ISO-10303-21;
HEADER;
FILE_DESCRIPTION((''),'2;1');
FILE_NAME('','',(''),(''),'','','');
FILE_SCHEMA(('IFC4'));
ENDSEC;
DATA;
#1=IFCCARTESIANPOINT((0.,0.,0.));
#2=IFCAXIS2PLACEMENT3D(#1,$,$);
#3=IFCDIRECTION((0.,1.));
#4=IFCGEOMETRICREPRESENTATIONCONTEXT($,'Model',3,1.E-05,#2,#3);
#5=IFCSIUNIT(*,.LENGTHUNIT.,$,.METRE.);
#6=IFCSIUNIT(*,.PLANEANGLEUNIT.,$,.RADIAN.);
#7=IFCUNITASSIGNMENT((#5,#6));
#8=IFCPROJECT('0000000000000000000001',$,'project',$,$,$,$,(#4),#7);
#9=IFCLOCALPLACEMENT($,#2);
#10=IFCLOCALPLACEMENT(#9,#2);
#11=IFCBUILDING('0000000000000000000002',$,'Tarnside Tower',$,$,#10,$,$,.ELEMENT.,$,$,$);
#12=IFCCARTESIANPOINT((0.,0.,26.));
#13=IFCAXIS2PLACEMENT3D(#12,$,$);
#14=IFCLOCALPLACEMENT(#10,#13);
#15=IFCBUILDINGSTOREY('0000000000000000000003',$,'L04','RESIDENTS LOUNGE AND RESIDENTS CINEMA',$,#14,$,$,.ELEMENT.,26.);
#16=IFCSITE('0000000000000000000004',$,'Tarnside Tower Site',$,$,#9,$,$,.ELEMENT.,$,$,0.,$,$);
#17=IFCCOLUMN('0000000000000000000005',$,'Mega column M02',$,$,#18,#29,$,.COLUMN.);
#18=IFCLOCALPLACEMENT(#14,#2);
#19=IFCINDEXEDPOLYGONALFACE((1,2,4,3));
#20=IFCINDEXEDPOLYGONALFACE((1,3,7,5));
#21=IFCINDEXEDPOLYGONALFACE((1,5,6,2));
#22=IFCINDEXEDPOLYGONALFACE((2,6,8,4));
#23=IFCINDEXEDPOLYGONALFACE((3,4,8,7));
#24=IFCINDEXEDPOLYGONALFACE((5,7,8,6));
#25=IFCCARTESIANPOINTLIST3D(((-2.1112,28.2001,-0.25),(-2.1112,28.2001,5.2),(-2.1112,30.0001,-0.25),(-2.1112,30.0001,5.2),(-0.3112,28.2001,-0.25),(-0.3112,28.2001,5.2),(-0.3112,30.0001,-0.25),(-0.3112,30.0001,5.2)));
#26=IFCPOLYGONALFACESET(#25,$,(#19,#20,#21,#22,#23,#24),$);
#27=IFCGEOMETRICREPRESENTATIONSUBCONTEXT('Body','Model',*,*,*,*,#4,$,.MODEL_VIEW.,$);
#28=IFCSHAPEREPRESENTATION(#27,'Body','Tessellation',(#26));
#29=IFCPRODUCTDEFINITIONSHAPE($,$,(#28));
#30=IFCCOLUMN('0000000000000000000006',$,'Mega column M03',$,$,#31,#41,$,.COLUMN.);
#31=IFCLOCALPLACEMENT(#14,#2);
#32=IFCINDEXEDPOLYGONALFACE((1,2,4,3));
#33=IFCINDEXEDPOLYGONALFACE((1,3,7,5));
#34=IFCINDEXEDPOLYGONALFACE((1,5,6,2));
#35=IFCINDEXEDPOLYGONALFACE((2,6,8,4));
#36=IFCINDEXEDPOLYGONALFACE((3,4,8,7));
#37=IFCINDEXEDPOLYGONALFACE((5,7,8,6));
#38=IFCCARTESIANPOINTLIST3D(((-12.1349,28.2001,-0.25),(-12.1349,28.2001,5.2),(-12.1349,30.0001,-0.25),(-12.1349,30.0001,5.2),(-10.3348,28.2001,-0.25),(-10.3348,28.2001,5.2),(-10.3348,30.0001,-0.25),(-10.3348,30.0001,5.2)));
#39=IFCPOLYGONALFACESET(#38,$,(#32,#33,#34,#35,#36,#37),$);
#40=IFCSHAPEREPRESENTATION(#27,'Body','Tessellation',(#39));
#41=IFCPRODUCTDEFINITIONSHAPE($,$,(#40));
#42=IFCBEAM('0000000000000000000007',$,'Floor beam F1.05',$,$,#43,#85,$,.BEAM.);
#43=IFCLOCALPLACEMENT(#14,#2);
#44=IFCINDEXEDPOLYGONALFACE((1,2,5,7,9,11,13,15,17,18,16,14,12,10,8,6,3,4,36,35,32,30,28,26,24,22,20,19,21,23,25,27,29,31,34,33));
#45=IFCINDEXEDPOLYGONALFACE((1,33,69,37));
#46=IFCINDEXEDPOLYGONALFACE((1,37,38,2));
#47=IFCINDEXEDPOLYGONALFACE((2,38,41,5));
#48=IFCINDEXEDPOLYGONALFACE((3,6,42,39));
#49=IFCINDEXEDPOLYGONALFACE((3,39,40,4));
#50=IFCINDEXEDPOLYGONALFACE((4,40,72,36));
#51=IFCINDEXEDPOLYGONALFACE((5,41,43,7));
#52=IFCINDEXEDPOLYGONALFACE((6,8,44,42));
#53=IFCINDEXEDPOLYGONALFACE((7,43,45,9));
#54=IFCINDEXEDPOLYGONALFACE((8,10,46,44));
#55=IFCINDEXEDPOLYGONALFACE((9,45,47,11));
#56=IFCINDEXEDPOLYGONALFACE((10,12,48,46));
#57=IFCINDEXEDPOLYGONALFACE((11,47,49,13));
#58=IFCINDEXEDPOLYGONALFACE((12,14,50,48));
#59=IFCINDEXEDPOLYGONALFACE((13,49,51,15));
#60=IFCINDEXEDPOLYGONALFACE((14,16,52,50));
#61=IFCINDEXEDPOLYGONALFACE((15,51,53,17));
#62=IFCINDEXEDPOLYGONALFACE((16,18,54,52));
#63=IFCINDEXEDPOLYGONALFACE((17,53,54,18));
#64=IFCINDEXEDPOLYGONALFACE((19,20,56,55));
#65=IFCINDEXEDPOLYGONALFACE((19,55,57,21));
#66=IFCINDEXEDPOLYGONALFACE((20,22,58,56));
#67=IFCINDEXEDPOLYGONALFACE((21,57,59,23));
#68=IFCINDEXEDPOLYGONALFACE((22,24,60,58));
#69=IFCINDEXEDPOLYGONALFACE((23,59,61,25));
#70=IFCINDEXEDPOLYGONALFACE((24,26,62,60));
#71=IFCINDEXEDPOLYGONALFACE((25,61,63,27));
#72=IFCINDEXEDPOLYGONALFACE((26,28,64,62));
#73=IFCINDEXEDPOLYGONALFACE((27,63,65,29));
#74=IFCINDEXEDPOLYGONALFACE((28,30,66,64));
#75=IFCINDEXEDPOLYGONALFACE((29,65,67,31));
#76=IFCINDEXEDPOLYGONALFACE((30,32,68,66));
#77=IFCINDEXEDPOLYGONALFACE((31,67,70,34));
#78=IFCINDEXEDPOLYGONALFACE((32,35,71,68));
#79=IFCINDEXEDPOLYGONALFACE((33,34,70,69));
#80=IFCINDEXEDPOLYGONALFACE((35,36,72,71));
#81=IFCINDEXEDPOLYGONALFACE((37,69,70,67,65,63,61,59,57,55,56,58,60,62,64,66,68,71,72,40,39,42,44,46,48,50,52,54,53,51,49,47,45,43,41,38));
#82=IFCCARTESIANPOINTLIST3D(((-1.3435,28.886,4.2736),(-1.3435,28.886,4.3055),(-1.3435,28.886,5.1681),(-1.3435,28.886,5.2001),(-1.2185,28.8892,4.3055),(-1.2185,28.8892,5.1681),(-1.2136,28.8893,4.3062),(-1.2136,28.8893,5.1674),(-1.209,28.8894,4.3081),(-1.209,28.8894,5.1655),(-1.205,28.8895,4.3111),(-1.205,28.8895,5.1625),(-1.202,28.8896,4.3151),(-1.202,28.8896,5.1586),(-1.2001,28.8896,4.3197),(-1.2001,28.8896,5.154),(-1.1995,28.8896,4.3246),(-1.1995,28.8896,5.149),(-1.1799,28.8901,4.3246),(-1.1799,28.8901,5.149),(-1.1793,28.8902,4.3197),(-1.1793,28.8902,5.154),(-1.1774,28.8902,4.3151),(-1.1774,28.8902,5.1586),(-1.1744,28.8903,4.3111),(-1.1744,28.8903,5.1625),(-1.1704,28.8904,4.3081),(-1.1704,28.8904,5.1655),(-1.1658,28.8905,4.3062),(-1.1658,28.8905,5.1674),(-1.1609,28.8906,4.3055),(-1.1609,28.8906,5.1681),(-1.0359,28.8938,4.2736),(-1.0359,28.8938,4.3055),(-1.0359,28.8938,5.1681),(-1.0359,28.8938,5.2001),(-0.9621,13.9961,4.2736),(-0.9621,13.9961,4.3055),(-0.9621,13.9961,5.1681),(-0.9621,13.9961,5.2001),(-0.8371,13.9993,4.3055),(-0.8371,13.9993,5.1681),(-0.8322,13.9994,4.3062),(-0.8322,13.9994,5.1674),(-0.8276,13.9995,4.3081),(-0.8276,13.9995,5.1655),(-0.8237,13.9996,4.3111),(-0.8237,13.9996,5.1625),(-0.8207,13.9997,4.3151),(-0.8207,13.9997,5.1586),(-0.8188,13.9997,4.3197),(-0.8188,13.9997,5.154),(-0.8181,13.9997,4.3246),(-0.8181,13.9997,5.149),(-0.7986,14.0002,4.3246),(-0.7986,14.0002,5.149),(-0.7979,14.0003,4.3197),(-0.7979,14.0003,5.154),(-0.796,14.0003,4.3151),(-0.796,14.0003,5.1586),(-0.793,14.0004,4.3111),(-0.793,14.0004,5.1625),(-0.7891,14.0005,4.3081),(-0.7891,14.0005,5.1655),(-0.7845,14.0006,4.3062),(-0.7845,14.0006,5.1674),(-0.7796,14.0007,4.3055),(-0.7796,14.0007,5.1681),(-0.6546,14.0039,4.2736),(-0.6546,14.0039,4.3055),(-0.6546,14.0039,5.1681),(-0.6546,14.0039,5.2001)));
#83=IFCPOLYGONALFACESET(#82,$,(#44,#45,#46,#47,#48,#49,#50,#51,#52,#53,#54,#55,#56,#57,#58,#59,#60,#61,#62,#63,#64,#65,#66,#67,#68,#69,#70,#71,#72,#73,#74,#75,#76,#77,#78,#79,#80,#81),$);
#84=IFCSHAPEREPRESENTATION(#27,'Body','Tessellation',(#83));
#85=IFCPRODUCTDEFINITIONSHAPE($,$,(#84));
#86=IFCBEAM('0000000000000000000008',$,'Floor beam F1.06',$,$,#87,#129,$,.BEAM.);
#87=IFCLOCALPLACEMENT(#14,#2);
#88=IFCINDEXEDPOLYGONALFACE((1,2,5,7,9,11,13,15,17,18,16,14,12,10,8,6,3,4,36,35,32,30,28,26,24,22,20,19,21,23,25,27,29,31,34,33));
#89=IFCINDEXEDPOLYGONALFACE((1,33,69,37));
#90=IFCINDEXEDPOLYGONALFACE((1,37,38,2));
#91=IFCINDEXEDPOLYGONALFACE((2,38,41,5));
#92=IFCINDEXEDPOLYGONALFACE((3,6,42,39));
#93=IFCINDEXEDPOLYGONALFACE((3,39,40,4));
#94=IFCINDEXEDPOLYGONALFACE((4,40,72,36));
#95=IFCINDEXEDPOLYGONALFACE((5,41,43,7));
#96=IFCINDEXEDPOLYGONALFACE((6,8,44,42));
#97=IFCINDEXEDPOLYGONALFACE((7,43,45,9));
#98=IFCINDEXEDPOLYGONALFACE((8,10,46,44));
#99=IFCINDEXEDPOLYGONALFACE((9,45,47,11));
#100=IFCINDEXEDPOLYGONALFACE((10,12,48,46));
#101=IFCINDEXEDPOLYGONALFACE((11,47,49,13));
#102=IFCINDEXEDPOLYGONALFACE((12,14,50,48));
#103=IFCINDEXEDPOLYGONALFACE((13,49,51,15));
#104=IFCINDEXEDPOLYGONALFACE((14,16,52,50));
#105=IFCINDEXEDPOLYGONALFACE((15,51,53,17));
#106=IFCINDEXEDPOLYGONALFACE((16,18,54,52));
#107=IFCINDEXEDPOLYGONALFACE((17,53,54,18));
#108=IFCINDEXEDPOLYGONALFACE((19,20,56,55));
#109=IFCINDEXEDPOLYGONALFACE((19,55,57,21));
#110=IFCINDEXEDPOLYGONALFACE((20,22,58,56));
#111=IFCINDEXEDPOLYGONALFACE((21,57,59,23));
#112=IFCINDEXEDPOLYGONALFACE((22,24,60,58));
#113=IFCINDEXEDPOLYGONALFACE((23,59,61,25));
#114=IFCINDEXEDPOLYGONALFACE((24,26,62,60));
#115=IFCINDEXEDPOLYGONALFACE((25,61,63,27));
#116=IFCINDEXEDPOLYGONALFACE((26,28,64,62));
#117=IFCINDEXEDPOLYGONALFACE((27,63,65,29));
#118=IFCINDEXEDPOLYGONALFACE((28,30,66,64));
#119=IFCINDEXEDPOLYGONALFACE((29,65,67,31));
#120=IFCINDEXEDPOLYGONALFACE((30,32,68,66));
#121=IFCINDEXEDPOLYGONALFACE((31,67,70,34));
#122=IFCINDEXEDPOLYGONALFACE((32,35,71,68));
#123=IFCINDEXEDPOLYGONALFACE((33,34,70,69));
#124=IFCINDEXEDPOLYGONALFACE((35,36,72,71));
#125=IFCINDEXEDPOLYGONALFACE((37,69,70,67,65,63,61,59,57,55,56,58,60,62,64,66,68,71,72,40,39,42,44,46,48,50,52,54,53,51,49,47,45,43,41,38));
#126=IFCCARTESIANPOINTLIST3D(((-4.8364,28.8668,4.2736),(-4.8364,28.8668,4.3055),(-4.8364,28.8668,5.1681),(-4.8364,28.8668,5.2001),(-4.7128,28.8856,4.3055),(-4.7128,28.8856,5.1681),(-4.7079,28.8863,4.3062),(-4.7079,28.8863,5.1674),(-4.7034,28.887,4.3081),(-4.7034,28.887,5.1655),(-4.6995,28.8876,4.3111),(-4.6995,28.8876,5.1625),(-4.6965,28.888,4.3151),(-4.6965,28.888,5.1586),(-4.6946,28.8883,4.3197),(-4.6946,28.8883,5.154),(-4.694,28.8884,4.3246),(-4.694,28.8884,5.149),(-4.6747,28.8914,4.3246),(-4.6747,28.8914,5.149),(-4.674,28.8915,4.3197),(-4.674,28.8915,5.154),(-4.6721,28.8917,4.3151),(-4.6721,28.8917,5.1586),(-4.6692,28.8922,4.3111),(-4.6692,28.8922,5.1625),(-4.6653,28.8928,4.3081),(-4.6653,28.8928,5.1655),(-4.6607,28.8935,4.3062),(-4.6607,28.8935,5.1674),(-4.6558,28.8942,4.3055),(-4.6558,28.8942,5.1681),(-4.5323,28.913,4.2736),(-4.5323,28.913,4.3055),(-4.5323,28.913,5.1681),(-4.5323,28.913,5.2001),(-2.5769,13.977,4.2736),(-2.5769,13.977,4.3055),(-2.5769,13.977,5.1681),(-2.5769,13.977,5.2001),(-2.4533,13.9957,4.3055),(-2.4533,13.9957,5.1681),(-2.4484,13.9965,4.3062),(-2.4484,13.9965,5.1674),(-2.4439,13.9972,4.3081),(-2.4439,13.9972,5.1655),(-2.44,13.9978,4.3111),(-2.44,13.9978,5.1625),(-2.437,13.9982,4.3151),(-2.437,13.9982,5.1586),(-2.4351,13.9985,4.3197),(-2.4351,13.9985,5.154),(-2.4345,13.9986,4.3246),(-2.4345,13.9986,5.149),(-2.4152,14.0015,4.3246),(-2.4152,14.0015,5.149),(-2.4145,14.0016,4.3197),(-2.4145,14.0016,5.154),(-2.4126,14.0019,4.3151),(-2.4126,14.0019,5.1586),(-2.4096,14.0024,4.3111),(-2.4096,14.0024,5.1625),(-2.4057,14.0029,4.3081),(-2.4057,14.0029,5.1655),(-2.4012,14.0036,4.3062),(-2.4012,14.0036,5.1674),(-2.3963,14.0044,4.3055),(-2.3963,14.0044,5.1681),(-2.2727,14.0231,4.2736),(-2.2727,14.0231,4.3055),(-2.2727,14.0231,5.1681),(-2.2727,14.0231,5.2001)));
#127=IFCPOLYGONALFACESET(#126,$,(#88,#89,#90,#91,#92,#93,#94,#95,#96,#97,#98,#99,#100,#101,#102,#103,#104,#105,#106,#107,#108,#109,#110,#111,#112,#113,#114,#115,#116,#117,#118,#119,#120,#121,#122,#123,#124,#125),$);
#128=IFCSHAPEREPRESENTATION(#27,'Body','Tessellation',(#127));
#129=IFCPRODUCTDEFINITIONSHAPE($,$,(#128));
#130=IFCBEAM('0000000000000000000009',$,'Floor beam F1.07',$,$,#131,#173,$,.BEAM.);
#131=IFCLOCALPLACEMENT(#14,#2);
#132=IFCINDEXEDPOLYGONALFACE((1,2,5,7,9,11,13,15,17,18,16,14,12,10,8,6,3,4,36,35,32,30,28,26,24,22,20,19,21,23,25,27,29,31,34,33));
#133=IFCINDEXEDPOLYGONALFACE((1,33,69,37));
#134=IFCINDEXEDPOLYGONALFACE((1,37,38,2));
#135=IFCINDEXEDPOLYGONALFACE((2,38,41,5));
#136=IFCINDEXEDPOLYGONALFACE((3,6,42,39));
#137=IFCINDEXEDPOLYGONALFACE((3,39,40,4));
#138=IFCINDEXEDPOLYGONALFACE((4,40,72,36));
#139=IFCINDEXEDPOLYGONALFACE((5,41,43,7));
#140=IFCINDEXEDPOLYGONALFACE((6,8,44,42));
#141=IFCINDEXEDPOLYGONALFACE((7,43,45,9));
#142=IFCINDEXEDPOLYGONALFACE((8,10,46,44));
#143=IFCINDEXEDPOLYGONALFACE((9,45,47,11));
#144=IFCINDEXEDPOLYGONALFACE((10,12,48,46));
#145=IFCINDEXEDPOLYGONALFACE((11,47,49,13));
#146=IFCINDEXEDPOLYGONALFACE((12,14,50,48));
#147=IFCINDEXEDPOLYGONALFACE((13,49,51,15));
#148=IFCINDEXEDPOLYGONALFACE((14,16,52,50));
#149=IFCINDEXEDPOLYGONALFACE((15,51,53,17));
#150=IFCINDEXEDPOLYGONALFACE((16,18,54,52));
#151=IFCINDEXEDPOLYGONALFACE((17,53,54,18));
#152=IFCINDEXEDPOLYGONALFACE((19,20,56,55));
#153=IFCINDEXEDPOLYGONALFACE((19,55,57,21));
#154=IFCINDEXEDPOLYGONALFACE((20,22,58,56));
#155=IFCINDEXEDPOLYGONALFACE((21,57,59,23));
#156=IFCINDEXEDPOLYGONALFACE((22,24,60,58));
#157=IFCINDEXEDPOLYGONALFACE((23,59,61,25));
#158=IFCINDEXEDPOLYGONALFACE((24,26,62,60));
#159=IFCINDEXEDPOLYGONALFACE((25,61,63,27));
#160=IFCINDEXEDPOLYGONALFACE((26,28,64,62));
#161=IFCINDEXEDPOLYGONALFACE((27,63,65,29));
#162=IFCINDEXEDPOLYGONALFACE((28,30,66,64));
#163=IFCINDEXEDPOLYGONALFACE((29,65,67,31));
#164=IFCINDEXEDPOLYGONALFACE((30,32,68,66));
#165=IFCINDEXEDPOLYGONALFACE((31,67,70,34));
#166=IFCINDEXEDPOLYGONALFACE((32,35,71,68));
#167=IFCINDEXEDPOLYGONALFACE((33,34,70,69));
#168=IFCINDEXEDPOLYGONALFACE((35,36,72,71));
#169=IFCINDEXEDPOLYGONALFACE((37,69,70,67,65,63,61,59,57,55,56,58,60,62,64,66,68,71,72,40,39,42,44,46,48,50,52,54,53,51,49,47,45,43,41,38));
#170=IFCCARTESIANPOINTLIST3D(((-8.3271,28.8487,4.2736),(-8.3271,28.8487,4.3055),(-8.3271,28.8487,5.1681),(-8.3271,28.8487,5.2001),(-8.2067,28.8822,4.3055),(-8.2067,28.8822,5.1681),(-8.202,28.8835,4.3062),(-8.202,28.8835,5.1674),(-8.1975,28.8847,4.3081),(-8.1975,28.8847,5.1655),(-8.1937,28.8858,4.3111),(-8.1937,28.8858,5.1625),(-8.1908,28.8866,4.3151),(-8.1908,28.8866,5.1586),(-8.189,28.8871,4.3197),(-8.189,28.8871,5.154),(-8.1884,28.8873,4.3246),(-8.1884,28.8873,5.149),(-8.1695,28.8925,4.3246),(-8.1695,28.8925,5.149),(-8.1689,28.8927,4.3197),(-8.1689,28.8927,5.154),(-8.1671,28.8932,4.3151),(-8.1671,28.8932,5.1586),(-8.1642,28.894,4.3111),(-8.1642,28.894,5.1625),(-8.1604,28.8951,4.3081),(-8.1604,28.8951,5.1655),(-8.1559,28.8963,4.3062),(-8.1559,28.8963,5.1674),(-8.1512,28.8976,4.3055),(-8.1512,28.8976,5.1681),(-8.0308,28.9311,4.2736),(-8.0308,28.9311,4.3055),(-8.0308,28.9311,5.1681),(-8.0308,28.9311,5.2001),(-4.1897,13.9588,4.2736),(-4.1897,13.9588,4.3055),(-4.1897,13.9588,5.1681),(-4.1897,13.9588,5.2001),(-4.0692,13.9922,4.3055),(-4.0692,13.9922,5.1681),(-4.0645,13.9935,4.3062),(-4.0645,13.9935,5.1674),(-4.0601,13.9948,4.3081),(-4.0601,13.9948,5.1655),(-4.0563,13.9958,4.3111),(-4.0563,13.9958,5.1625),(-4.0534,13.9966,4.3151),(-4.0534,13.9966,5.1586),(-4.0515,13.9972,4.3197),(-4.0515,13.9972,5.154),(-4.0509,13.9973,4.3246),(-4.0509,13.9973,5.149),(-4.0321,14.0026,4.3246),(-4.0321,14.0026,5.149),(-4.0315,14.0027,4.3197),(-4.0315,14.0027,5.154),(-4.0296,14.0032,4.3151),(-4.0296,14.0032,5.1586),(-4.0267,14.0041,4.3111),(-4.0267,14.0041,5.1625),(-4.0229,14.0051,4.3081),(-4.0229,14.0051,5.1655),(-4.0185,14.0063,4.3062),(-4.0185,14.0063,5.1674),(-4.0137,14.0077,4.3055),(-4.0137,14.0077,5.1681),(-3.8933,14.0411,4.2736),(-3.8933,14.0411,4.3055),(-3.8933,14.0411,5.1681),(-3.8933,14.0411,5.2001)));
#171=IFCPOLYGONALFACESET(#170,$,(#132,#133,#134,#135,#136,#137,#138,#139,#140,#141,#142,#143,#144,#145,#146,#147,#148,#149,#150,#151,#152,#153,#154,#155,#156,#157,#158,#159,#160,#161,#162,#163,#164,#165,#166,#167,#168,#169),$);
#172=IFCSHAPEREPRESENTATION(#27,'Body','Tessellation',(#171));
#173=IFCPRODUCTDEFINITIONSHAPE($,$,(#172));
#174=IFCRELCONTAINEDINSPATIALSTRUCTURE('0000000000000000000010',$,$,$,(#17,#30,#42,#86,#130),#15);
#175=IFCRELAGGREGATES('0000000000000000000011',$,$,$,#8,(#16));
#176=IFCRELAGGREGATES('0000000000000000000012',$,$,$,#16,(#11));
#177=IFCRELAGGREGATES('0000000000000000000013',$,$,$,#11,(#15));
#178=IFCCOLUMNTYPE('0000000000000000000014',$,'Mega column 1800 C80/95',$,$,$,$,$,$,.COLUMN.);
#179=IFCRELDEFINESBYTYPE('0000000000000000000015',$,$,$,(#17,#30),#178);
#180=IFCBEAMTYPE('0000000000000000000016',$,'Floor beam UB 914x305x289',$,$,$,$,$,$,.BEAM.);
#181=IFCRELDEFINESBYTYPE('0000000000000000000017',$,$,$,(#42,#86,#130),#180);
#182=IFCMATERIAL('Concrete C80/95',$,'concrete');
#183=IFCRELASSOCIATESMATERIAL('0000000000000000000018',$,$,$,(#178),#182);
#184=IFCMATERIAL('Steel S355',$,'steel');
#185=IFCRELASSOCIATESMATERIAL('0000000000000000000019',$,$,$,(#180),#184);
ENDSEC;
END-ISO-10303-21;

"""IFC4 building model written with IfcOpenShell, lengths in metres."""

from ifc_helpers import new_model, si_unit, direction, frame, origin, origin_2d, place, context, subcontext, project, spatial, rectangle, i_section, extrude, material, material_profile, profile_set, type_object, element, save


model = new_model("IFC4")

# Units and contexts
model_context = context("Model", 3, precision=1e-05, world=origin(), true_north=direction((0.0, 1.0)))
body_context = subcontext(model_context, "Body", "Model", "MODEL_VIEW")
ifc_project = project(units=[si_unit("LENGTHUNIT", "METRE"), si_unit("PLANEANGLEUNIT", "RADIAN")], contexts=[model_context])

# Site, building, storey
site_placement = place(None, origin())
site = spatial("IfcSite", under=ifc_project, at=site_placement, Name="Tarnside Tower Site", CompositionType="ELEMENT", RefElevation=0.0)
building_placement = place(site_placement, origin())
building = spatial("IfcBuilding", under=site, at=building_placement, Name="Tarnside Tower", CompositionType="ELEMENT")
storey_placement = place(building_placement, frame((0.0, 0.0, 26.0)))
storey = spatial("IfcBuildingStorey", under=building, at=storey_placement, Name="L04", Description="RESIDENTS LOUNGE AND RESIDENTS CINEMA", CompositionType="ELEMENT", Elevation=26.0)

# Columns
ifc_material_1 = material(Name="Concrete C80/95", Category="concrete")
ifc_material_profile_1 = material_profile(ifc_material_1, rectangle(XDim=1.8, YDim=1.8, at=origin_2d()), Name="Mega column 1800x1800")
ifc_profile_set_1 = profile_set([ifc_material_profile_1], Name="Concrete C80/95")
column_type = type_object("IfcColumnType", Name="Mega column 1800 C80/95", PredefinedType="COLUMN", material=ifc_profile_set_1)
for number, where, z_axis, x_axis, name in (
    (1, (-1.2112, 29.1001, -0.25), (0.0, 0.0, 1.0), (1.0, 0.0, 0.0), "Mega column M02"),
    (2, (-11.2349, 29.1001, -0.25), (0.0, 0.0, 1.0), (1.0, 0.0, 0.0), "Mega column M03"),
):
    element("IfcColumn", number, at=place(storey_placement, frame(where, z_axis=z_axis, x_axis=x_axis)), inside=storey, type_object=column_type, Name=name, PredefinedType="COLUMN", context=body_context, shape_type="SweptSolid", body=[
        extrude(rectangle(XDim=1.8, YDim=1.8, at=origin_2d()), origin(), (0.0, 0.0, 1.0), 5.45),
    ])

# Beams
ifc_material_2 = material(Name="Steel S355", Category="steel")
ifc_material_profile_2 = material_profile(ifc_material_2, i_section(OverallWidth=0.3076, OverallDepth=0.9265, WebThickness=0.0195, FlangeThickness=0.032, FilletRadius=0.019, at=origin_2d()), Name="UB 914x305x289")
ifc_profile_set_2 = profile_set([ifc_material_profile_2], Name="Steel S355")
beam_type_1 = type_object("IfcBeamType", Name="Floor beam UB 914x305x289", PredefinedType="BEAM", material=ifc_profile_set_2)
beam_1_placement = place(storey_placement, frame((-1.1897, 28.8899, 4.7368), z_axis=(0.025603, -0.999672, 0.0), x_axis=(0.999672, 0.025603, 0.0)))
element("IfcBeam", 3, at=beam_1_placement, inside=storey, type_object=beam_type_1, Name="Floor beam F1.05", PredefinedType="BEAM", context=body_context, shape_type="SweptSolid", body=[
    extrude(i_section(OverallWidth=0.3076, OverallDepth=0.9265, WebThickness=0.0195, FlangeThickness=0.032, FilletRadius=0.019, at=origin_2d()), origin(), (0.0, 0.0, 1.0), 14.8948),
])
beam_2_placement = place(storey_placement, frame((-4.6843, 28.8899, 4.7368), z_axis=(0.150031, -0.988681, 0.0), x_axis=(0.988681, 0.150031, 0.0)))
element("IfcBeam", 4, at=beam_2_placement, inside=storey, type_object=beam_type_1, Name="Floor beam F1.06", PredefinedType="BEAM", context=body_context, shape_type="SweptSolid", body=[
    extrude(i_section(OverallWidth=0.3076, OverallDepth=0.9265, WebThickness=0.0195, FlangeThickness=0.032, FilletRadius=0.019, at=origin_2d()), origin(), (0.0, 0.0, 1.0), 15.0603),
])
beam_3_placement = place(storey_placement, frame((-8.179, 28.8899, 4.7368), z_axis=(0.267726, -0.963495, 0.0), x_axis=(0.963495, 0.267726, 0.0)))
element("IfcBeam", 5, at=beam_3_placement, inside=storey, type_object=beam_type_1, Name="Floor beam F1.07", PredefinedType="BEAM", context=body_context, shape_type="SweptSolid", body=[
    extrude(i_section(OverallWidth=0.3076, OverallDepth=0.9265, WebThickness=0.0195, FlangeThickness=0.032, FilletRadius=0.019, at=origin_2d()), origin(), (0.0, 0.0, 1.0), 15.4541),
])

save(model, "model.ifc")
